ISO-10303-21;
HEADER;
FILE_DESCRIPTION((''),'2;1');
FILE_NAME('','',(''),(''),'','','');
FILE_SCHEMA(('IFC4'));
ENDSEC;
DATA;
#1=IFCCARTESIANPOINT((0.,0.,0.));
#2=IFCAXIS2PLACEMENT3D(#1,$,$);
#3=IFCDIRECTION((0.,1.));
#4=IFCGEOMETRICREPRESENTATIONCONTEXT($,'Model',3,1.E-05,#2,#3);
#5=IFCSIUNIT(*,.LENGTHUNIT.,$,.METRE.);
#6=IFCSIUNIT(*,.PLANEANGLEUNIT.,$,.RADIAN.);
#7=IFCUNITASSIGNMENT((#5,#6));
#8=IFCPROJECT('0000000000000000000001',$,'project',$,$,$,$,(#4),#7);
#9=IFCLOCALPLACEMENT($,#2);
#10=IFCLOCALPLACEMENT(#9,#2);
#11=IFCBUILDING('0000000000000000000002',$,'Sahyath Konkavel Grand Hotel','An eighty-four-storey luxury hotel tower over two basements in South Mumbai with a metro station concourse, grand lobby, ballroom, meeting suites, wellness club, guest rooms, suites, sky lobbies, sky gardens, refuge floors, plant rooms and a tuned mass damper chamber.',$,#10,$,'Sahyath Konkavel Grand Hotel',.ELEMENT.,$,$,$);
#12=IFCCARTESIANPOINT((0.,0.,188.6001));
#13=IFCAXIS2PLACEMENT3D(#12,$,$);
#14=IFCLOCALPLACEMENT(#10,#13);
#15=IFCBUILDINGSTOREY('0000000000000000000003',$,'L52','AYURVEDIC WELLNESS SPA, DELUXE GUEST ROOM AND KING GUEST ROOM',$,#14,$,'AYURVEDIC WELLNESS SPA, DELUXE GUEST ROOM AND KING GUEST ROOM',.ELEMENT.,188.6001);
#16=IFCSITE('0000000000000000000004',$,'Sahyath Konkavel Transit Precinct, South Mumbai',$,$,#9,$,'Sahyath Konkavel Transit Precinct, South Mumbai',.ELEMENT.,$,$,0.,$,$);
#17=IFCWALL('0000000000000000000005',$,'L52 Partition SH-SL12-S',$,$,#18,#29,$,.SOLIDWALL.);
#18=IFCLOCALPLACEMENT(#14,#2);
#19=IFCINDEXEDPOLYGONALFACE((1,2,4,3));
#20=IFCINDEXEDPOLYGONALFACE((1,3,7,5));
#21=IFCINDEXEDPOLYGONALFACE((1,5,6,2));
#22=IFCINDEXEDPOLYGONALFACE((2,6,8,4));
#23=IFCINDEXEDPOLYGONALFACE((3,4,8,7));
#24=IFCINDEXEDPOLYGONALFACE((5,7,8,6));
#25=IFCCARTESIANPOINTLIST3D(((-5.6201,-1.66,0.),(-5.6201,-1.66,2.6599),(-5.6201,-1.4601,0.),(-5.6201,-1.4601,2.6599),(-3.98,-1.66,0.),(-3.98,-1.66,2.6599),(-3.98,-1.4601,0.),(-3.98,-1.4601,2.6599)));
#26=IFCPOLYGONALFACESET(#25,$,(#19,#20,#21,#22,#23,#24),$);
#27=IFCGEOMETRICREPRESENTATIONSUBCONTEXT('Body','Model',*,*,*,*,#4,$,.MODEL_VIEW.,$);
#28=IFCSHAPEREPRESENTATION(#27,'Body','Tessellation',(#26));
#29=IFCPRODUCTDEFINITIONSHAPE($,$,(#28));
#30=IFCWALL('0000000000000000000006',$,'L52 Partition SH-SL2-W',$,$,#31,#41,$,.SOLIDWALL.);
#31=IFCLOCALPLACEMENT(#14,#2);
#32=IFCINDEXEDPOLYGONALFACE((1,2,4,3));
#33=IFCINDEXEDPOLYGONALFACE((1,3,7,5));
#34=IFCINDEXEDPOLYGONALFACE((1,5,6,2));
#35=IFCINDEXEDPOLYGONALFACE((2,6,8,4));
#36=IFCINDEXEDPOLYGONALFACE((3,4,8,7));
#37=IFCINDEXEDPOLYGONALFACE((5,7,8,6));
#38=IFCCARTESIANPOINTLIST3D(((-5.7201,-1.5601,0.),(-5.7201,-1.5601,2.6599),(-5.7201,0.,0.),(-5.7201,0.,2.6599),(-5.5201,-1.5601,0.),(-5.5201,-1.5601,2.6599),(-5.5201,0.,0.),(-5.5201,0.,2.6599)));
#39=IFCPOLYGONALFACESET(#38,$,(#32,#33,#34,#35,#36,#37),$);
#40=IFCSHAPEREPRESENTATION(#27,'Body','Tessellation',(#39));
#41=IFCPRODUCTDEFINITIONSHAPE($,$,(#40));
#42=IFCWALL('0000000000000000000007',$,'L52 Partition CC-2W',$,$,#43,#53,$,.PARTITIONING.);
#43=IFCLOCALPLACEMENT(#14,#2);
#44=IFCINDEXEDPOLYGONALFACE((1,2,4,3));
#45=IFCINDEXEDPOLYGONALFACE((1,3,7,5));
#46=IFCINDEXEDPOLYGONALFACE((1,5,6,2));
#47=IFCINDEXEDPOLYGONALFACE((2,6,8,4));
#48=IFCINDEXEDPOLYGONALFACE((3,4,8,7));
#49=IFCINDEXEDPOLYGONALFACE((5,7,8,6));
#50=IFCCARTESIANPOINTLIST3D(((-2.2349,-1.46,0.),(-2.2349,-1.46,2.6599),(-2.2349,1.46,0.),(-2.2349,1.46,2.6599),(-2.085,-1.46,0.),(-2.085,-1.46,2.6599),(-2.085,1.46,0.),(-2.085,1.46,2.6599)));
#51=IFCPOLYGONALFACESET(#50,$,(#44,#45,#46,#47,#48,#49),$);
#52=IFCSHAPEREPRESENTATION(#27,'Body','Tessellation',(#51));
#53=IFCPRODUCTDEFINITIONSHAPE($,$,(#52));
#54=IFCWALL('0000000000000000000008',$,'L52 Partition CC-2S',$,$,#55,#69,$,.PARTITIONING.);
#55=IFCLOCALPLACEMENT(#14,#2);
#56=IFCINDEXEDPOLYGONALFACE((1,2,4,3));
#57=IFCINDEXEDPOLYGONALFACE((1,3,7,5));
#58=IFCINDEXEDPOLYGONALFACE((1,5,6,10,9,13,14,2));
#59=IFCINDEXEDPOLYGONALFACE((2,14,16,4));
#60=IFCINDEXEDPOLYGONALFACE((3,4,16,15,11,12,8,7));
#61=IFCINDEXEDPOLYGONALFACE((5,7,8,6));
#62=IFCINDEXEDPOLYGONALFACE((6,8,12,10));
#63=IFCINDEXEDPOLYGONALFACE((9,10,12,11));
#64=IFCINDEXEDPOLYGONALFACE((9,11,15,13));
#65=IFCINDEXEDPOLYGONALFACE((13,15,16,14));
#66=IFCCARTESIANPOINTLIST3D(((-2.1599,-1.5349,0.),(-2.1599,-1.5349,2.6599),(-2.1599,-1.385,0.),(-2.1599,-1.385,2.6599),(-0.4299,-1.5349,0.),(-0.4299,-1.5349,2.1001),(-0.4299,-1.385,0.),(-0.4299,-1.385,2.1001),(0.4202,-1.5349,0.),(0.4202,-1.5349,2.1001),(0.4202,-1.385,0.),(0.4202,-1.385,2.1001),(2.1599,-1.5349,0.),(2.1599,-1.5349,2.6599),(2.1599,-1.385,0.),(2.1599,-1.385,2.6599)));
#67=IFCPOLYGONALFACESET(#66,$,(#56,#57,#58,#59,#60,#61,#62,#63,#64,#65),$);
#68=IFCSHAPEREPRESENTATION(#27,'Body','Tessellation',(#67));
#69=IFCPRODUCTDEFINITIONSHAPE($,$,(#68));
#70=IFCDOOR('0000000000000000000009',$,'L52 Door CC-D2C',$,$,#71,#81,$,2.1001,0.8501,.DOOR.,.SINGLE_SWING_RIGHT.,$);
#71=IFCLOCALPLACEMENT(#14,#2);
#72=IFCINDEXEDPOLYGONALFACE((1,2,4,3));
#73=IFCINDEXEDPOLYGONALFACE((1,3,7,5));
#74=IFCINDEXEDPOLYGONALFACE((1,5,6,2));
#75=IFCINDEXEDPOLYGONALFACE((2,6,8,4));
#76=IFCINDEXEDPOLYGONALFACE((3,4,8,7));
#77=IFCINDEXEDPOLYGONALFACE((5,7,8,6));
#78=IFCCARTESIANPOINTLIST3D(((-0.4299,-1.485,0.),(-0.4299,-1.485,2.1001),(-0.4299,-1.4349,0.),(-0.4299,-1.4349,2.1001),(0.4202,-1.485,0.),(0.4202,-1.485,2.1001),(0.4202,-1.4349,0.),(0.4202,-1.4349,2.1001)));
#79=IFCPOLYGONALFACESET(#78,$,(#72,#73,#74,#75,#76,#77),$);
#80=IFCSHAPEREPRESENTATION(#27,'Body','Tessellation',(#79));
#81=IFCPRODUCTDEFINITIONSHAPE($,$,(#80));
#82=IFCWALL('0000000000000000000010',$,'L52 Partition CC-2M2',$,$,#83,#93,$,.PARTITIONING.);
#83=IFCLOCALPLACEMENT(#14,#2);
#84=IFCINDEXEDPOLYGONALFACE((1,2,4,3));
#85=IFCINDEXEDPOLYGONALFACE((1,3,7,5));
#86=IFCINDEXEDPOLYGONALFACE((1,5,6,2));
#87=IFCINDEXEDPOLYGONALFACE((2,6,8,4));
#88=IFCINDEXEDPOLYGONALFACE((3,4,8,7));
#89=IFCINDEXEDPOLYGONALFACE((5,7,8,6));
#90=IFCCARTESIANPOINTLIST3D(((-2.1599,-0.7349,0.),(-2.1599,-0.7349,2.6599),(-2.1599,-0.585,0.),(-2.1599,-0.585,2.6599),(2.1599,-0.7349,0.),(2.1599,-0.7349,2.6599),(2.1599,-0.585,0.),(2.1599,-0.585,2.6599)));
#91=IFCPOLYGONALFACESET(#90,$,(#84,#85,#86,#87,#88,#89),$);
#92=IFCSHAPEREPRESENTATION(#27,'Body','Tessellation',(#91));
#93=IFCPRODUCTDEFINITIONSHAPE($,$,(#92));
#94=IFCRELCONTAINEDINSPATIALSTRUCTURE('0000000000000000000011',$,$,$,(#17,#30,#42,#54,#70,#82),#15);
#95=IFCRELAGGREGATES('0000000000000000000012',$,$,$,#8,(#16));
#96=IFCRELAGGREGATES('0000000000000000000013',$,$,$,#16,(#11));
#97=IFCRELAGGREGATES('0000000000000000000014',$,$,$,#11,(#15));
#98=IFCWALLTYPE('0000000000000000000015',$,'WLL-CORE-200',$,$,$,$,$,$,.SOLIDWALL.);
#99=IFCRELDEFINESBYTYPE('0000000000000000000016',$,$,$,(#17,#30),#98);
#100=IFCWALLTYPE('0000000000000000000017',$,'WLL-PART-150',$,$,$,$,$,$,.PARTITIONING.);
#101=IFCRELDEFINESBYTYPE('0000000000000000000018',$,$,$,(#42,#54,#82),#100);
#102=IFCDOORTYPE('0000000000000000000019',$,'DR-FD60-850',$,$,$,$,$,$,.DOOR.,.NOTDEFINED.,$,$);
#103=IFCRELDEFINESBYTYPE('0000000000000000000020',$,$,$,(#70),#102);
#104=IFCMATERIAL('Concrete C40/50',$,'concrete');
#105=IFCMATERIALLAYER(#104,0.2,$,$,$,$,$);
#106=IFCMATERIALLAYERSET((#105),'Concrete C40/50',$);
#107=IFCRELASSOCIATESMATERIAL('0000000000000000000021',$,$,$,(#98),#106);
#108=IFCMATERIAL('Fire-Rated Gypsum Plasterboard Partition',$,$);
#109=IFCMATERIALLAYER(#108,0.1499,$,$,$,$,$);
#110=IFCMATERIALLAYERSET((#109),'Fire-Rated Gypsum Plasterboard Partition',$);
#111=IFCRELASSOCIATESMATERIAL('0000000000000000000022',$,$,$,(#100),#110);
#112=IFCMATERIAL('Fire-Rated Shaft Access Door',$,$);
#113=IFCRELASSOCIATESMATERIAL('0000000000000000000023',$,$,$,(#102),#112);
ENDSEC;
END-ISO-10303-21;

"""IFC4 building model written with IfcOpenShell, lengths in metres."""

from ifc_helpers import new_model, si_unit, direction, frame, frame_2d, origin, origin_2d, place, context, subcontext, project, spatial, rectangle, extrude, source, transform, mapped, material, layer, layer_set, type_object, element, fill, save


model = new_model("IFC4")

# Units and contexts
model_context = context("Model", 3, precision=1e-05, world=origin(), true_north=direction((0.0, 1.0)))
body_context = subcontext(model_context, "Body", "Model", "MODEL_VIEW")
ifc_project = project(units=[si_unit("LENGTHUNIT", "METRE"), si_unit("PLANEANGLEUNIT", "RADIAN")], contexts=[model_context])

# Site, building, storey
site_placement = place(None, origin())
site = spatial("IfcSite", under=ifc_project, at=site_placement, Name="Sahyath Konkavel Transit Precinct, South Mumbai", LongName="Sahyath Konkavel Transit Precinct, South Mumbai", CompositionType="ELEMENT", RefElevation=0.0)
building_placement = place(site_placement, origin())
building = spatial("IfcBuilding", under=site, at=building_placement, Name="Sahyath Konkavel Grand Hotel", Description="An eighty-four-storey luxury hotel tower over two basements in South Mumbai with a metro station concourse, grand lobby, ballroom, meeting suites, wellness club, guest rooms, suites, sky lobbies, sky gardens, refuge floors, plant rooms and a tuned mass damper chamber.", LongName="Sahyath Konkavel Grand Hotel", CompositionType="ELEMENT")
storey_placement = place(building_placement, frame((0.0, 0.0, 188.6001)))
storey = spatial("IfcBuildingStorey", under=building, at=storey_placement, Name="L52", Description="AYURVEDIC WELLNESS SPA, DELUXE GUEST ROOM AND KING GUEST ROOM", LongName="AYURVEDIC WELLNESS SPA, DELUXE GUEST ROOM AND KING GUEST ROOM", CompositionType="ELEMENT", Elevation=188.6001)

# Shared definitions
ifc_material_1 = material(Name="Concrete C40/50", Category="concrete")

# Shared definitions
ifc_layer_1 = layer(ifc_material_1, 0.2)
ifc_layer_set_1 = layer_set([ifc_layer_1], Name="Concrete C40/50")
wall_type_1 = type_object("IfcWallType", Name="WLL-CORE-200", PredefinedType="SOLIDWALL", material=ifc_layer_set_1)

# Walls
wall_1_placement = place(storey_placement, frame((-5.6201, -1.5601, 0.0), z_axis=(0.0, 0.0, 1.0), x_axis=(1.0, 0.0, 0.0)))
element("IfcWall", 1, at=wall_1_placement, inside=storey, type_object=wall_type_1, Name="L52 Partition SH-SL12-S", PredefinedType="SOLIDWALL", context=body_context, shape_type="SweptSolid", body=[
    extrude(rectangle(XDim=1.6401, YDim=0.2, at=frame_2d((0.8201, 0.0))), origin(), (0.0, 0.0, 1.0), 2.6599),
])
wall_2_placement = place(storey_placement, frame((-5.6201, -1.5601, 0.0), z_axis=(0.0, 0.0, 1.0), x_axis=(0.0, 1.0, 0.0)))
element("IfcWall", 2, at=wall_2_placement, inside=storey, type_object=wall_type_1, Name="L52 Partition SH-SL2-W", PredefinedType="SOLIDWALL", context=body_context, shape_type="SweptSolid", body=[
    extrude(rectangle(XDim=1.5601, YDim=0.2, at=frame_2d((0.78, 0.0))), origin(), (0.0, 0.0, 1.0), 2.6599),
])
ifc_material_2 = material(Name="Fire-Rated Gypsum Plasterboard Partition")
ifc_layer_2 = layer(ifc_material_2, 0.1499)
ifc_layer_set_2 = layer_set([ifc_layer_2], Name="Fire-Rated Gypsum Plasterboard Partition")
wall_type_2 = type_object("IfcWallType", Name="WLL-PART-150", PredefinedType="PARTITIONING", material=ifc_layer_set_2)
wall_3_placement = place(storey_placement, frame((-2.1599, -1.46, 0.0), z_axis=(0.0, 0.0, 1.0), x_axis=(0.0, 1.0, 0.0)))
element("IfcWall", 3, at=wall_3_placement, inside=storey, type_object=wall_type_2, Name="L52 Partition CC-2W", PredefinedType="PARTITIONING", context=body_context, shape_type="SweptSolid", body=[
    extrude(rectangle(XDim=2.9199, YDim=0.1499, at=frame_2d((1.46, 0.0))), origin(), (0.0, 0.0, 1.0), 2.6599),
])

# Wall, opening, door
wall_4_placement = place(storey_placement, frame((-2.1599, -1.46, 0.0), z_axis=(0.0, 0.0, 1.0), x_axis=(1.0, 0.0, 0.0)))
wall_4 = element("IfcWall", 4, at=wall_4_placement, inside=storey, type_object=wall_type_2, Name="L52 Partition CC-2S", PredefinedType="PARTITIONING", context=body_context, shape_type="SweptSolid", body=[
    extrude(rectangle(XDim=4.3198, YDim=0.1499, at=frame_2d((2.1599, 0.0))), origin(), (0.0, 0.0, 1.0), 2.6599),
])
opening_1_placement = place(wall_4_placement, frame((1.73, 0.0, 0.0)))
opening_1 = element("IfcOpeningElement", 5, at=opening_1_placement, cuts=wall_4, PredefinedType="OPENING", context=body_context, shape_type="SweptSolid", body=[
    extrude(rectangle(XDim=0.8501, YDim=2.1001, at=frame_2d((0.425, 1.05))), frame((0.0, 0.085, 0.0), z_axis=(0.0, -1.0, 0.0), x_axis=(1.0, 0.0, 0.0)), (0.0, 0.0, 1.0), 0.1699),
])
ifc_material_3 = material(Name="Fire-Rated Shaft Access Door")
door_type_1 = type_object("IfcDoorType", Name="DR-FD60-850", OperationType="NOTDEFINED", PredefinedType="DOOR", material=ifc_material_3)
shared_shape_1 = source(origin(), body_context, "Body", "SweptSolid", [
    extrude(rectangle(XDim=0.8501, YDim=0.05, at=origin_2d()), origin(), (0.0, 0.0, 1.0), 2.1001),
])
door_1_placement = place(opening_1_placement, frame((0.425, 0.0, 0.0)))
door_1 = element("IfcDoor", 6, at=door_1_placement, inside=storey, type_object=door_type_1, Name="L52 Door CC-D2C", OperationType="SINGLE_SWING_RIGHT", OverallHeight=2.1001, OverallWidth=0.8501, PredefinedType="DOOR", context=body_context, shape_type="MappedRepresentation", body=[
    mapped(shared_shape_1, transform((0.0, 0.0, 0.0), scale=1.0)),
])
fill(opening_1, door_1)

# Wall
wall_5_placement = place(storey_placement, frame((-2.1599, -0.6599, 0.0), z_axis=(0.0, 0.0, 1.0), x_axis=(1.0, 0.0, 0.0)))
element("IfcWall", 7, at=wall_5_placement, inside=storey, type_object=wall_type_2, Name="L52 Partition CC-2M2", PredefinedType="PARTITIONING", context=body_context, shape_type="SweptSolid", body=[
    extrude(rectangle(XDim=4.3198, YDim=0.1499, at=frame_2d((2.1599, 0.0))), origin(), (0.0, 0.0, 1.0), 2.6599),
])

save(model, "model.ifc")
